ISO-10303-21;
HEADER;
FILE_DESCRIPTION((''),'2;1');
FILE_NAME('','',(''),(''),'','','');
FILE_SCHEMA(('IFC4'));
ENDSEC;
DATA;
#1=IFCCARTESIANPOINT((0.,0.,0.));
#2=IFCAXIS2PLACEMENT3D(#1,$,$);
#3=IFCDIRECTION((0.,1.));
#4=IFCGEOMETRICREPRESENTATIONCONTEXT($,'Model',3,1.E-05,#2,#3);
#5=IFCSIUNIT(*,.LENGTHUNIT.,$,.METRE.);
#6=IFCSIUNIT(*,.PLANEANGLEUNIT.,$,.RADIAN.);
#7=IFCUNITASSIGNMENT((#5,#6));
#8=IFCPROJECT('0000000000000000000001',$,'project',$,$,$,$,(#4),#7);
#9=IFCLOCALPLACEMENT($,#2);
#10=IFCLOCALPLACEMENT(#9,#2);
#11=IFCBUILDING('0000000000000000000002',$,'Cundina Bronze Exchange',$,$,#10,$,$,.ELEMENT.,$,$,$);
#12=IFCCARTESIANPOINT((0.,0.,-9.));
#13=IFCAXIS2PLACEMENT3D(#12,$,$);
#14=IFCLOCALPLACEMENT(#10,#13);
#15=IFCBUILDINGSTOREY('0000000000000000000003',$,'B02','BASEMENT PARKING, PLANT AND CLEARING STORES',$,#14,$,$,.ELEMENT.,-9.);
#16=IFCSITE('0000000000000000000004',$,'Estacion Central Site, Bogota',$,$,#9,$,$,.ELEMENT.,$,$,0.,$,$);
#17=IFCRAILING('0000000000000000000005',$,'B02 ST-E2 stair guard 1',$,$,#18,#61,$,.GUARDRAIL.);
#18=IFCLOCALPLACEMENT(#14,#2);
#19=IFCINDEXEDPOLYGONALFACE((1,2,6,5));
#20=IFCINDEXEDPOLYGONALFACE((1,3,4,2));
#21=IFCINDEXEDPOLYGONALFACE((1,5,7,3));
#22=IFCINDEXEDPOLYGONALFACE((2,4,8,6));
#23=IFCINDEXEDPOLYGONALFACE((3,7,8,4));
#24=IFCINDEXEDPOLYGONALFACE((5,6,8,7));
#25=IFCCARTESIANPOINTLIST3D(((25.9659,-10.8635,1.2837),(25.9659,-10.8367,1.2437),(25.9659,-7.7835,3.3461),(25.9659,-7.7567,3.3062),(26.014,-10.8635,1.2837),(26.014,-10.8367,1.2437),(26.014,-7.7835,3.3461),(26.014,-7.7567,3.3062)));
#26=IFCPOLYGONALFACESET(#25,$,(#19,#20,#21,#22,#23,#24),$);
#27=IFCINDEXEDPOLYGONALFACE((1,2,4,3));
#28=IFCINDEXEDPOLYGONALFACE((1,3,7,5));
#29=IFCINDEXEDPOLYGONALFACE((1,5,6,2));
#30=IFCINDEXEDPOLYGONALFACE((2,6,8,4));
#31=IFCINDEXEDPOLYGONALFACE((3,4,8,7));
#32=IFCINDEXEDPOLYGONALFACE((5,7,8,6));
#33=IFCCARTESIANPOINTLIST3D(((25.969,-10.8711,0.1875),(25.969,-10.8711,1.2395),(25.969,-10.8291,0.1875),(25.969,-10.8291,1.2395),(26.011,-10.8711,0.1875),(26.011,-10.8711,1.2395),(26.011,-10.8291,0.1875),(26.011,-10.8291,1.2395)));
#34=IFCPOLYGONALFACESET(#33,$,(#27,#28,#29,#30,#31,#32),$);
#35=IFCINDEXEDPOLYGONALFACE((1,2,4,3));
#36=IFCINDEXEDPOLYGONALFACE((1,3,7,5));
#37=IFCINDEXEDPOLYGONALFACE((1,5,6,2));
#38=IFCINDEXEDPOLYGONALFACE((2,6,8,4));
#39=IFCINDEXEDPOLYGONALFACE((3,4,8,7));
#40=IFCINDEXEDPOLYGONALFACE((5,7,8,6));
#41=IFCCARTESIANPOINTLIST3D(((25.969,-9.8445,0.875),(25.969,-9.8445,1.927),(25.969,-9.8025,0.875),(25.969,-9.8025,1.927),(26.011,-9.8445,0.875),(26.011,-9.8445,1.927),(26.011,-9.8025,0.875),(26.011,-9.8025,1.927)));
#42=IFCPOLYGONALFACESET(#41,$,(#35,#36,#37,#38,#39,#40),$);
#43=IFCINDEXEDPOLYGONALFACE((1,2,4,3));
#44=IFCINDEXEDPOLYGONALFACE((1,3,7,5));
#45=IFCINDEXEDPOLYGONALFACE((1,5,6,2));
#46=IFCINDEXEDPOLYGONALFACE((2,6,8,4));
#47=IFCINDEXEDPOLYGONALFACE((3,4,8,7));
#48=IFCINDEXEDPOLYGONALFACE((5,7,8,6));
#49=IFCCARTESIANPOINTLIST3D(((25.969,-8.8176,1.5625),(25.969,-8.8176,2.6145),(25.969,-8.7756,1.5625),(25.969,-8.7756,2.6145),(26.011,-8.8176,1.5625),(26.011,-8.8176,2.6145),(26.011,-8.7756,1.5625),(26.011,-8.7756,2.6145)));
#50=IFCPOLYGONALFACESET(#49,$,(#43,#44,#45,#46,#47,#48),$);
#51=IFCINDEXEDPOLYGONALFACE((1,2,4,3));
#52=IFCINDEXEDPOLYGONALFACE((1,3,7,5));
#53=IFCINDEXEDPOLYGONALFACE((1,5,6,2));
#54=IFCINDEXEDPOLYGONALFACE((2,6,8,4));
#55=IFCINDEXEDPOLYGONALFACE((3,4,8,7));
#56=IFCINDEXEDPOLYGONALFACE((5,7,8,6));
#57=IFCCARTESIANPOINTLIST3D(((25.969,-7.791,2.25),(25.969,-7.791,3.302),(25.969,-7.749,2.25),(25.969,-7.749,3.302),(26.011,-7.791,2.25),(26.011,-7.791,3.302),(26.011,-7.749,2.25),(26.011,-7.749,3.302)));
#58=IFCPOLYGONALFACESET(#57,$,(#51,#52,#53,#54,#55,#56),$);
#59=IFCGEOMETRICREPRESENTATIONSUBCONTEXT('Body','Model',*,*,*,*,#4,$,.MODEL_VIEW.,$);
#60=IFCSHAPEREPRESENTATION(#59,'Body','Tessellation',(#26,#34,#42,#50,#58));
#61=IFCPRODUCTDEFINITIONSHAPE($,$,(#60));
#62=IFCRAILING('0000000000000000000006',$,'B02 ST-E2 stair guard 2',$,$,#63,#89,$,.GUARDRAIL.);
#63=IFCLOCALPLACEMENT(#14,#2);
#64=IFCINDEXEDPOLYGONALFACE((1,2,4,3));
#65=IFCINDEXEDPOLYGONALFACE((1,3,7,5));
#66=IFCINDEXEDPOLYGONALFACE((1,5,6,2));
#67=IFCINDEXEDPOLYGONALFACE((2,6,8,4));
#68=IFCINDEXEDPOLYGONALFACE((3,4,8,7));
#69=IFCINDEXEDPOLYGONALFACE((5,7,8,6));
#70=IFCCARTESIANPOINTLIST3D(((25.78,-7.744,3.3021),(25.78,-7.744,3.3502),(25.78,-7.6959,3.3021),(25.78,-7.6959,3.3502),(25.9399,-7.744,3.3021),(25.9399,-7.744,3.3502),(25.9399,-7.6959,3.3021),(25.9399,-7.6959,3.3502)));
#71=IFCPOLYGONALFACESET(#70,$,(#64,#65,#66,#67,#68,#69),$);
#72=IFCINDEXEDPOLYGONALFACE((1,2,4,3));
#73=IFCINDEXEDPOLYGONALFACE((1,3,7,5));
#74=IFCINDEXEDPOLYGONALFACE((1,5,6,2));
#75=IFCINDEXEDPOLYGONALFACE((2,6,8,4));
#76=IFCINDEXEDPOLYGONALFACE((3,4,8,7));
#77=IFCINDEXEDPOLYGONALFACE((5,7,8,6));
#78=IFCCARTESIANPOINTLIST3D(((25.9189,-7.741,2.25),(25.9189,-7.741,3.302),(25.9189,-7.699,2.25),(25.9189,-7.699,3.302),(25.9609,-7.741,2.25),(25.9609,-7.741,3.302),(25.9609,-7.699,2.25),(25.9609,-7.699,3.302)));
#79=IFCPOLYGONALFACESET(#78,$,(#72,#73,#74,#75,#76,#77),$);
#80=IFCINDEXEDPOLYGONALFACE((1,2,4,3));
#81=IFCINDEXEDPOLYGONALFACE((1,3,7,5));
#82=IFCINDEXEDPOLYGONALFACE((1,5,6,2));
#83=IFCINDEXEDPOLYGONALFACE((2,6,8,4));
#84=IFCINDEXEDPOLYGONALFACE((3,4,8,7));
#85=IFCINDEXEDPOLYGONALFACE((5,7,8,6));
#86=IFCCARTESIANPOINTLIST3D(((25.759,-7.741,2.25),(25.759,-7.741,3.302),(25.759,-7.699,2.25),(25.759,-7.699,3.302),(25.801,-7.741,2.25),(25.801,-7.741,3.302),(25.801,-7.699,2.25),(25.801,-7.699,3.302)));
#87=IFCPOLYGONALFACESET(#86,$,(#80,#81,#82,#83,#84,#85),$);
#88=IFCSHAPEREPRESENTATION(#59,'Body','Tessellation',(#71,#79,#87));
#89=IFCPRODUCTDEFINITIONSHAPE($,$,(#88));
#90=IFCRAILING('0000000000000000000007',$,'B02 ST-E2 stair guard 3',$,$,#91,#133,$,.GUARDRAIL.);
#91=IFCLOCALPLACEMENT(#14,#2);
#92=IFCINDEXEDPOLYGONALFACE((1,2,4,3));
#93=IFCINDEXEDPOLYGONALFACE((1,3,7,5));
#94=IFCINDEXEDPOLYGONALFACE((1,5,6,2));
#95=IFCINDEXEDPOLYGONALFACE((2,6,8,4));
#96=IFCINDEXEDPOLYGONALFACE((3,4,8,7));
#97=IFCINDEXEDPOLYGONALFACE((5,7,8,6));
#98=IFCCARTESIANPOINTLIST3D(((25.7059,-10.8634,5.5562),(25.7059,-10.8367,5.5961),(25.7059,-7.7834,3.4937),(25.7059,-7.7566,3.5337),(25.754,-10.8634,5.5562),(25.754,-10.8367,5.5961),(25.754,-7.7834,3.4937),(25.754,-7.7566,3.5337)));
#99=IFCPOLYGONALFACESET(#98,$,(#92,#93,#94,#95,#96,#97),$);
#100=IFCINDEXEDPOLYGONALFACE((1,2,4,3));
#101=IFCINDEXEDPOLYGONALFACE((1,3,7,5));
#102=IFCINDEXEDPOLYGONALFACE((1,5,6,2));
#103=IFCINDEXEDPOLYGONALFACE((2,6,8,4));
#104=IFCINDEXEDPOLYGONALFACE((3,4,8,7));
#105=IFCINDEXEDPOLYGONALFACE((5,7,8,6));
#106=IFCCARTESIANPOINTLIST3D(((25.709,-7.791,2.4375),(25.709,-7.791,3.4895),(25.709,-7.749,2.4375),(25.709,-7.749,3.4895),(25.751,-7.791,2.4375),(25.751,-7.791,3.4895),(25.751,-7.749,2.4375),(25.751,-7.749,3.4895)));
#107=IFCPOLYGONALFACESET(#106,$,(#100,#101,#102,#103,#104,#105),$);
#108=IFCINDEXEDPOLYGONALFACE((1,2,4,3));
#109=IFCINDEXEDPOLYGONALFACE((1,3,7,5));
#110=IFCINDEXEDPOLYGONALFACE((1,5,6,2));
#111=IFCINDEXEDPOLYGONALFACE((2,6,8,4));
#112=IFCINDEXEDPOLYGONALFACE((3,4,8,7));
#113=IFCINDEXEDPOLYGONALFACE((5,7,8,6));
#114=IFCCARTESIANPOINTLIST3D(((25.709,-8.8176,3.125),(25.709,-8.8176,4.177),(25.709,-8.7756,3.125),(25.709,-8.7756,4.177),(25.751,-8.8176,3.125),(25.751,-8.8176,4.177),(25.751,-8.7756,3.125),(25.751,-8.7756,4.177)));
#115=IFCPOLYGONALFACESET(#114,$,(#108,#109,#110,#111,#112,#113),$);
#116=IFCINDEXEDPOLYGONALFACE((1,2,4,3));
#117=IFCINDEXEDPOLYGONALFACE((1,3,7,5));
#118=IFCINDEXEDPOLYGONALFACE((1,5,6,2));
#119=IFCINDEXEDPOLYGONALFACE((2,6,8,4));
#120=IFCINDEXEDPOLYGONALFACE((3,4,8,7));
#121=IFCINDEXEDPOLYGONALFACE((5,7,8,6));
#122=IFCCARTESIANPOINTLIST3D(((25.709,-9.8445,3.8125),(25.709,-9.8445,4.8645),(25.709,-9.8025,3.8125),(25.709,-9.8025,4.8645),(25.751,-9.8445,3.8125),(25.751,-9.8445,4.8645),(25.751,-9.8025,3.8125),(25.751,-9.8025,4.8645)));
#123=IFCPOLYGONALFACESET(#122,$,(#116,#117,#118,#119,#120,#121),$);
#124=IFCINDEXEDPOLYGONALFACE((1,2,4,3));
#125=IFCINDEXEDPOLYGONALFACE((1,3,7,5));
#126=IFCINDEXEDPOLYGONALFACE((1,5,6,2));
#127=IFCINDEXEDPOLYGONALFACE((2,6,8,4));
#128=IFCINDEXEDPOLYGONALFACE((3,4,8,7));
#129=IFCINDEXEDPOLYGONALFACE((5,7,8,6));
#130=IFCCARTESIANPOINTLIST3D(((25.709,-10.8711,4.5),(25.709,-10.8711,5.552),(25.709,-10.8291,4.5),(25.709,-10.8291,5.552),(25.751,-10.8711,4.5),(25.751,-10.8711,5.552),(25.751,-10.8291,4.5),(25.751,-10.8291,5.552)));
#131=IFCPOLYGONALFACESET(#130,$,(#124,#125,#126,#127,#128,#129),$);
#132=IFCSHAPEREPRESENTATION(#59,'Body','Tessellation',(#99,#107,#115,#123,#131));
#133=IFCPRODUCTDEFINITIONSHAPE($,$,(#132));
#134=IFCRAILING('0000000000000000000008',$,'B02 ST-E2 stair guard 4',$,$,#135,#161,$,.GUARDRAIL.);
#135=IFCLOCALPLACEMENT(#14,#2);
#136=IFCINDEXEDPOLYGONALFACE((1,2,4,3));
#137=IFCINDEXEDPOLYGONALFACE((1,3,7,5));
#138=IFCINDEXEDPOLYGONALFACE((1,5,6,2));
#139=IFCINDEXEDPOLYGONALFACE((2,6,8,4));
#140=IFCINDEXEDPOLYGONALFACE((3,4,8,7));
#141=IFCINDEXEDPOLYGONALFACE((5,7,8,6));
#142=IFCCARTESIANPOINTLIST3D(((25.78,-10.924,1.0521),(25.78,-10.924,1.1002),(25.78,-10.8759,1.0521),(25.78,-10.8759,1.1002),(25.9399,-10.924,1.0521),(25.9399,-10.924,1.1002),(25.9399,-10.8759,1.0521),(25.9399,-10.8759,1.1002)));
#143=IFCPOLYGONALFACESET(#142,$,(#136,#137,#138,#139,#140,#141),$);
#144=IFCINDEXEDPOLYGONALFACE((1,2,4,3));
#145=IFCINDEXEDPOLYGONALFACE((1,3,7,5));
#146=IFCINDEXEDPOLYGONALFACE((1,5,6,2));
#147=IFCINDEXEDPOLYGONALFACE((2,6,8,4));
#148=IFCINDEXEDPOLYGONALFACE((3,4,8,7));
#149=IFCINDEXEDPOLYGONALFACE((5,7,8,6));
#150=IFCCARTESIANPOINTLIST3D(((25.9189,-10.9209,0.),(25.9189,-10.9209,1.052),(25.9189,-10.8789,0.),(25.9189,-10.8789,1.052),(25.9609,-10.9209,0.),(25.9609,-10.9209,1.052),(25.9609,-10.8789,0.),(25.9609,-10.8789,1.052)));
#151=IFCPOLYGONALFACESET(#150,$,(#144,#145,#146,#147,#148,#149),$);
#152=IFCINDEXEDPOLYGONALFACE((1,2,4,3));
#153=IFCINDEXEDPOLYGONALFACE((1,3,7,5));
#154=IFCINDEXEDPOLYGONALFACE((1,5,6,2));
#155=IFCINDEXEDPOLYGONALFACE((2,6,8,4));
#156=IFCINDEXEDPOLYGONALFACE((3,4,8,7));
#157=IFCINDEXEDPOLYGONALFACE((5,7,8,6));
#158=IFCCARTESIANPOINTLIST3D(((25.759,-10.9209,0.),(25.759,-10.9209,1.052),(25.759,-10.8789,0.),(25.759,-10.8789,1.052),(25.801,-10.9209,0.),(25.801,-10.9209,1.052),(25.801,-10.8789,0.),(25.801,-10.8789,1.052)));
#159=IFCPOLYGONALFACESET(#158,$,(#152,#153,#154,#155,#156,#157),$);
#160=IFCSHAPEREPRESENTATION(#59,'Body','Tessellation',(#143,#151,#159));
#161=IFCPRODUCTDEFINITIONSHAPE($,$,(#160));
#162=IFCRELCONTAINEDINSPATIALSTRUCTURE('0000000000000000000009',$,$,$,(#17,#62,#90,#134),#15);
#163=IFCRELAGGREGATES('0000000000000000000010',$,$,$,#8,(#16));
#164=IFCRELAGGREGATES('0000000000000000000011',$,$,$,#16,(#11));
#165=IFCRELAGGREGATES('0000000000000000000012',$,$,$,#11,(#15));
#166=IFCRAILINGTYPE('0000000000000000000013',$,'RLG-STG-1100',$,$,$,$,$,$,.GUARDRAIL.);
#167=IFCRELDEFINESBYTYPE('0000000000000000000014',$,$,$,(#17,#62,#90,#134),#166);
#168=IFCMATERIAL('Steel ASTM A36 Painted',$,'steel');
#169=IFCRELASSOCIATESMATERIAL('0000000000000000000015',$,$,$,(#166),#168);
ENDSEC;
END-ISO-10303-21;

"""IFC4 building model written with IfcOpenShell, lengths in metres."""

from ifc_helpers import new_model, si_unit, direction, frame, origin, origin_2d, place, context, subcontext, project, spatial, rectangle, extrude, material, type_object, element, save


model = new_model("IFC4")

# Units and contexts
model_context = context("Model", 3, precision=1e-05, world=origin(), true_north=direction((0.0, 1.0)))
body_context = subcontext(model_context, "Body", "Model", "MODEL_VIEW")
ifc_project = project(units=[si_unit("LENGTHUNIT", "METRE"), si_unit("PLANEANGLEUNIT", "RADIAN")], contexts=[model_context])

# Site, building, storey
site_placement = place(None, origin())
site = spatial("IfcSite", under=ifc_project, at=site_placement, Name="Estacion Central Site, Bogota", CompositionType="ELEMENT", RefElevation=0.0)
building_placement = place(site_placement, origin())
building = spatial("IfcBuilding", under=site, at=building_placement, Name="Cundina Bronze Exchange", CompositionType="ELEMENT")
storey_placement = place(building_placement, frame((0.0, 0.0, -9.0)))
storey = spatial("IfcBuildingStorey", under=building, at=storey_placement, Name="B02", Description="BASEMENT PARKING, PLANT AND CLEARING STORES", CompositionType="ELEMENT", Elevation=-9.0)

# Shared definitions
ifc_material_1 = material(Name="Steel ASTM A36 Painted", Category="steel")

# Railings
railing_type_1 = type_object("IfcRailingType", Name="RLG-STG-1100", PredefinedType="GUARDRAIL", material=ifc_material_1)
railing_1_placement = place(storey_placement, frame((25.99, -10.8501, 0.1875)))
element("IfcRailing", 1, at=railing_1_placement, inside=storey, type_object=railing_type_1, Name="B02 ST-E2 stair guard 1", PredefinedType="GUARDRAIL", context=body_context, shape_type="SweptSolid", body=[
    extrude(rectangle(XDim=0.0481, YDim=0.0481, at=origin_2d()), frame((0.0, 0.0, 1.0762), z_axis=(0.0, 0.830914, 0.556401), x_axis=(-1.0, 0.0, 0.0)), (0.0, 0.0, 1.0), 3.7068),
    extrude(rectangle(XDim=0.042, YDim=0.042, at=origin_2d()), origin(), (0.0, 0.0, 1.0), 1.052),
    extrude(rectangle(XDim=0.042, YDim=0.042, at=origin_2d()), frame((0.0, 1.0266, 0.6875)), (0.0, 0.0, 1.0), 1.052),
    extrude(rectangle(XDim=0.042, YDim=0.042, at=origin_2d()), frame((0.0, 2.0535, 1.375)), (0.0, 0.0, 1.0), 1.052),
    extrude(rectangle(XDim=0.042, YDim=0.042, at=origin_2d()), frame((0.0, 3.0801, 2.0625)), (0.0, 0.0, 1.0), 1.052),
])
railing_2_placement = place(storey_placement, frame((25.9399, -7.72, 2.25)))
element("IfcRailing", 2, at=railing_2_placement, inside=storey, type_object=railing_type_1, Name="B02 ST-E2 stair guard 2", PredefinedType="GUARDRAIL", context=body_context, shape_type="SweptSolid", body=[
    extrude(rectangle(XDim=0.0481, YDim=0.0481, at=origin_2d()), frame((0.0, 0.0, 1.0762), z_axis=(-1.0, 0.0, 0.0), x_axis=(0.0, -1.0, 0.0)), (0.0, 0.0, 1.0), 0.1599),
    extrude(rectangle(XDim=0.042, YDim=0.042, at=origin_2d()), origin(), (0.0, 0.0, 1.0), 1.052),
    extrude(rectangle(XDim=0.042, YDim=0.042, at=origin_2d()), frame((-0.1599, 0.0, 0.0)), (0.0, 0.0, 1.0), 1.052),
])
railing_3_placement = place(storey_placement, frame((25.73, -7.77, 2.4375)))
element("IfcRailing", 3, at=railing_3_placement, inside=storey, type_object=railing_type_1, Name="B02 ST-E2 stair guard 3", PredefinedType="GUARDRAIL", context=body_context, shape_type="SweptSolid", body=[
    extrude(rectangle(XDim=0.0481, YDim=0.0481, at=origin_2d()), frame((0.0, 0.0, 1.0762), z_axis=(0.0, -0.830914, 0.556401), x_axis=(1.0, 0.0, 0.0)), (0.0, 0.0, 1.0), 3.7068),
    extrude(rectangle(XDim=0.042, YDim=0.042, at=origin_2d()), origin(), (0.0, 0.0, 1.0), 1.052),
    extrude(rectangle(XDim=0.042, YDim=0.042, at=origin_2d()), frame((0.0, -1.0266, 0.6875)), (0.0, 0.0, 1.0), 1.052),
    extrude(rectangle(XDim=0.042, YDim=0.042, at=origin_2d()), frame((0.0, -2.0535, 1.375)), (0.0, 0.0, 1.0), 1.052),
    extrude(rectangle(XDim=0.042, YDim=0.042, at=origin_2d()), frame((0.0, -3.0801, 2.0625)), (0.0, 0.0, 1.0), 1.052),
])
railing_4_placement = place(storey_placement, frame((25.9399, -10.8999, 0.0)))
element("IfcRailing", 4, at=railing_4_placement, inside=storey, type_object=railing_type_1, Name="B02 ST-E2 stair guard 4", PredefinedType="GUARDRAIL", context=body_context, shape_type="SweptSolid", body=[
    extrude(rectangle(XDim=0.0481, YDim=0.0481, at=origin_2d()), frame((0.0, 0.0, 1.0762), z_axis=(-1.0, 0.0, 0.0), x_axis=(0.0, -1.0, 0.0)), (0.0, 0.0, 1.0), 0.1599),
    extrude(rectangle(XDim=0.042, YDim=0.042, at=origin_2d()), origin(), (0.0, 0.0, 1.0), 1.052),
    extrude(rectangle(XDim=0.042, YDim=0.042, at=origin_2d()), frame((-0.1599, 0.0, 0.0)), (0.0, 0.0, 1.0), 1.052),
])

save(model, "model.ifc")
